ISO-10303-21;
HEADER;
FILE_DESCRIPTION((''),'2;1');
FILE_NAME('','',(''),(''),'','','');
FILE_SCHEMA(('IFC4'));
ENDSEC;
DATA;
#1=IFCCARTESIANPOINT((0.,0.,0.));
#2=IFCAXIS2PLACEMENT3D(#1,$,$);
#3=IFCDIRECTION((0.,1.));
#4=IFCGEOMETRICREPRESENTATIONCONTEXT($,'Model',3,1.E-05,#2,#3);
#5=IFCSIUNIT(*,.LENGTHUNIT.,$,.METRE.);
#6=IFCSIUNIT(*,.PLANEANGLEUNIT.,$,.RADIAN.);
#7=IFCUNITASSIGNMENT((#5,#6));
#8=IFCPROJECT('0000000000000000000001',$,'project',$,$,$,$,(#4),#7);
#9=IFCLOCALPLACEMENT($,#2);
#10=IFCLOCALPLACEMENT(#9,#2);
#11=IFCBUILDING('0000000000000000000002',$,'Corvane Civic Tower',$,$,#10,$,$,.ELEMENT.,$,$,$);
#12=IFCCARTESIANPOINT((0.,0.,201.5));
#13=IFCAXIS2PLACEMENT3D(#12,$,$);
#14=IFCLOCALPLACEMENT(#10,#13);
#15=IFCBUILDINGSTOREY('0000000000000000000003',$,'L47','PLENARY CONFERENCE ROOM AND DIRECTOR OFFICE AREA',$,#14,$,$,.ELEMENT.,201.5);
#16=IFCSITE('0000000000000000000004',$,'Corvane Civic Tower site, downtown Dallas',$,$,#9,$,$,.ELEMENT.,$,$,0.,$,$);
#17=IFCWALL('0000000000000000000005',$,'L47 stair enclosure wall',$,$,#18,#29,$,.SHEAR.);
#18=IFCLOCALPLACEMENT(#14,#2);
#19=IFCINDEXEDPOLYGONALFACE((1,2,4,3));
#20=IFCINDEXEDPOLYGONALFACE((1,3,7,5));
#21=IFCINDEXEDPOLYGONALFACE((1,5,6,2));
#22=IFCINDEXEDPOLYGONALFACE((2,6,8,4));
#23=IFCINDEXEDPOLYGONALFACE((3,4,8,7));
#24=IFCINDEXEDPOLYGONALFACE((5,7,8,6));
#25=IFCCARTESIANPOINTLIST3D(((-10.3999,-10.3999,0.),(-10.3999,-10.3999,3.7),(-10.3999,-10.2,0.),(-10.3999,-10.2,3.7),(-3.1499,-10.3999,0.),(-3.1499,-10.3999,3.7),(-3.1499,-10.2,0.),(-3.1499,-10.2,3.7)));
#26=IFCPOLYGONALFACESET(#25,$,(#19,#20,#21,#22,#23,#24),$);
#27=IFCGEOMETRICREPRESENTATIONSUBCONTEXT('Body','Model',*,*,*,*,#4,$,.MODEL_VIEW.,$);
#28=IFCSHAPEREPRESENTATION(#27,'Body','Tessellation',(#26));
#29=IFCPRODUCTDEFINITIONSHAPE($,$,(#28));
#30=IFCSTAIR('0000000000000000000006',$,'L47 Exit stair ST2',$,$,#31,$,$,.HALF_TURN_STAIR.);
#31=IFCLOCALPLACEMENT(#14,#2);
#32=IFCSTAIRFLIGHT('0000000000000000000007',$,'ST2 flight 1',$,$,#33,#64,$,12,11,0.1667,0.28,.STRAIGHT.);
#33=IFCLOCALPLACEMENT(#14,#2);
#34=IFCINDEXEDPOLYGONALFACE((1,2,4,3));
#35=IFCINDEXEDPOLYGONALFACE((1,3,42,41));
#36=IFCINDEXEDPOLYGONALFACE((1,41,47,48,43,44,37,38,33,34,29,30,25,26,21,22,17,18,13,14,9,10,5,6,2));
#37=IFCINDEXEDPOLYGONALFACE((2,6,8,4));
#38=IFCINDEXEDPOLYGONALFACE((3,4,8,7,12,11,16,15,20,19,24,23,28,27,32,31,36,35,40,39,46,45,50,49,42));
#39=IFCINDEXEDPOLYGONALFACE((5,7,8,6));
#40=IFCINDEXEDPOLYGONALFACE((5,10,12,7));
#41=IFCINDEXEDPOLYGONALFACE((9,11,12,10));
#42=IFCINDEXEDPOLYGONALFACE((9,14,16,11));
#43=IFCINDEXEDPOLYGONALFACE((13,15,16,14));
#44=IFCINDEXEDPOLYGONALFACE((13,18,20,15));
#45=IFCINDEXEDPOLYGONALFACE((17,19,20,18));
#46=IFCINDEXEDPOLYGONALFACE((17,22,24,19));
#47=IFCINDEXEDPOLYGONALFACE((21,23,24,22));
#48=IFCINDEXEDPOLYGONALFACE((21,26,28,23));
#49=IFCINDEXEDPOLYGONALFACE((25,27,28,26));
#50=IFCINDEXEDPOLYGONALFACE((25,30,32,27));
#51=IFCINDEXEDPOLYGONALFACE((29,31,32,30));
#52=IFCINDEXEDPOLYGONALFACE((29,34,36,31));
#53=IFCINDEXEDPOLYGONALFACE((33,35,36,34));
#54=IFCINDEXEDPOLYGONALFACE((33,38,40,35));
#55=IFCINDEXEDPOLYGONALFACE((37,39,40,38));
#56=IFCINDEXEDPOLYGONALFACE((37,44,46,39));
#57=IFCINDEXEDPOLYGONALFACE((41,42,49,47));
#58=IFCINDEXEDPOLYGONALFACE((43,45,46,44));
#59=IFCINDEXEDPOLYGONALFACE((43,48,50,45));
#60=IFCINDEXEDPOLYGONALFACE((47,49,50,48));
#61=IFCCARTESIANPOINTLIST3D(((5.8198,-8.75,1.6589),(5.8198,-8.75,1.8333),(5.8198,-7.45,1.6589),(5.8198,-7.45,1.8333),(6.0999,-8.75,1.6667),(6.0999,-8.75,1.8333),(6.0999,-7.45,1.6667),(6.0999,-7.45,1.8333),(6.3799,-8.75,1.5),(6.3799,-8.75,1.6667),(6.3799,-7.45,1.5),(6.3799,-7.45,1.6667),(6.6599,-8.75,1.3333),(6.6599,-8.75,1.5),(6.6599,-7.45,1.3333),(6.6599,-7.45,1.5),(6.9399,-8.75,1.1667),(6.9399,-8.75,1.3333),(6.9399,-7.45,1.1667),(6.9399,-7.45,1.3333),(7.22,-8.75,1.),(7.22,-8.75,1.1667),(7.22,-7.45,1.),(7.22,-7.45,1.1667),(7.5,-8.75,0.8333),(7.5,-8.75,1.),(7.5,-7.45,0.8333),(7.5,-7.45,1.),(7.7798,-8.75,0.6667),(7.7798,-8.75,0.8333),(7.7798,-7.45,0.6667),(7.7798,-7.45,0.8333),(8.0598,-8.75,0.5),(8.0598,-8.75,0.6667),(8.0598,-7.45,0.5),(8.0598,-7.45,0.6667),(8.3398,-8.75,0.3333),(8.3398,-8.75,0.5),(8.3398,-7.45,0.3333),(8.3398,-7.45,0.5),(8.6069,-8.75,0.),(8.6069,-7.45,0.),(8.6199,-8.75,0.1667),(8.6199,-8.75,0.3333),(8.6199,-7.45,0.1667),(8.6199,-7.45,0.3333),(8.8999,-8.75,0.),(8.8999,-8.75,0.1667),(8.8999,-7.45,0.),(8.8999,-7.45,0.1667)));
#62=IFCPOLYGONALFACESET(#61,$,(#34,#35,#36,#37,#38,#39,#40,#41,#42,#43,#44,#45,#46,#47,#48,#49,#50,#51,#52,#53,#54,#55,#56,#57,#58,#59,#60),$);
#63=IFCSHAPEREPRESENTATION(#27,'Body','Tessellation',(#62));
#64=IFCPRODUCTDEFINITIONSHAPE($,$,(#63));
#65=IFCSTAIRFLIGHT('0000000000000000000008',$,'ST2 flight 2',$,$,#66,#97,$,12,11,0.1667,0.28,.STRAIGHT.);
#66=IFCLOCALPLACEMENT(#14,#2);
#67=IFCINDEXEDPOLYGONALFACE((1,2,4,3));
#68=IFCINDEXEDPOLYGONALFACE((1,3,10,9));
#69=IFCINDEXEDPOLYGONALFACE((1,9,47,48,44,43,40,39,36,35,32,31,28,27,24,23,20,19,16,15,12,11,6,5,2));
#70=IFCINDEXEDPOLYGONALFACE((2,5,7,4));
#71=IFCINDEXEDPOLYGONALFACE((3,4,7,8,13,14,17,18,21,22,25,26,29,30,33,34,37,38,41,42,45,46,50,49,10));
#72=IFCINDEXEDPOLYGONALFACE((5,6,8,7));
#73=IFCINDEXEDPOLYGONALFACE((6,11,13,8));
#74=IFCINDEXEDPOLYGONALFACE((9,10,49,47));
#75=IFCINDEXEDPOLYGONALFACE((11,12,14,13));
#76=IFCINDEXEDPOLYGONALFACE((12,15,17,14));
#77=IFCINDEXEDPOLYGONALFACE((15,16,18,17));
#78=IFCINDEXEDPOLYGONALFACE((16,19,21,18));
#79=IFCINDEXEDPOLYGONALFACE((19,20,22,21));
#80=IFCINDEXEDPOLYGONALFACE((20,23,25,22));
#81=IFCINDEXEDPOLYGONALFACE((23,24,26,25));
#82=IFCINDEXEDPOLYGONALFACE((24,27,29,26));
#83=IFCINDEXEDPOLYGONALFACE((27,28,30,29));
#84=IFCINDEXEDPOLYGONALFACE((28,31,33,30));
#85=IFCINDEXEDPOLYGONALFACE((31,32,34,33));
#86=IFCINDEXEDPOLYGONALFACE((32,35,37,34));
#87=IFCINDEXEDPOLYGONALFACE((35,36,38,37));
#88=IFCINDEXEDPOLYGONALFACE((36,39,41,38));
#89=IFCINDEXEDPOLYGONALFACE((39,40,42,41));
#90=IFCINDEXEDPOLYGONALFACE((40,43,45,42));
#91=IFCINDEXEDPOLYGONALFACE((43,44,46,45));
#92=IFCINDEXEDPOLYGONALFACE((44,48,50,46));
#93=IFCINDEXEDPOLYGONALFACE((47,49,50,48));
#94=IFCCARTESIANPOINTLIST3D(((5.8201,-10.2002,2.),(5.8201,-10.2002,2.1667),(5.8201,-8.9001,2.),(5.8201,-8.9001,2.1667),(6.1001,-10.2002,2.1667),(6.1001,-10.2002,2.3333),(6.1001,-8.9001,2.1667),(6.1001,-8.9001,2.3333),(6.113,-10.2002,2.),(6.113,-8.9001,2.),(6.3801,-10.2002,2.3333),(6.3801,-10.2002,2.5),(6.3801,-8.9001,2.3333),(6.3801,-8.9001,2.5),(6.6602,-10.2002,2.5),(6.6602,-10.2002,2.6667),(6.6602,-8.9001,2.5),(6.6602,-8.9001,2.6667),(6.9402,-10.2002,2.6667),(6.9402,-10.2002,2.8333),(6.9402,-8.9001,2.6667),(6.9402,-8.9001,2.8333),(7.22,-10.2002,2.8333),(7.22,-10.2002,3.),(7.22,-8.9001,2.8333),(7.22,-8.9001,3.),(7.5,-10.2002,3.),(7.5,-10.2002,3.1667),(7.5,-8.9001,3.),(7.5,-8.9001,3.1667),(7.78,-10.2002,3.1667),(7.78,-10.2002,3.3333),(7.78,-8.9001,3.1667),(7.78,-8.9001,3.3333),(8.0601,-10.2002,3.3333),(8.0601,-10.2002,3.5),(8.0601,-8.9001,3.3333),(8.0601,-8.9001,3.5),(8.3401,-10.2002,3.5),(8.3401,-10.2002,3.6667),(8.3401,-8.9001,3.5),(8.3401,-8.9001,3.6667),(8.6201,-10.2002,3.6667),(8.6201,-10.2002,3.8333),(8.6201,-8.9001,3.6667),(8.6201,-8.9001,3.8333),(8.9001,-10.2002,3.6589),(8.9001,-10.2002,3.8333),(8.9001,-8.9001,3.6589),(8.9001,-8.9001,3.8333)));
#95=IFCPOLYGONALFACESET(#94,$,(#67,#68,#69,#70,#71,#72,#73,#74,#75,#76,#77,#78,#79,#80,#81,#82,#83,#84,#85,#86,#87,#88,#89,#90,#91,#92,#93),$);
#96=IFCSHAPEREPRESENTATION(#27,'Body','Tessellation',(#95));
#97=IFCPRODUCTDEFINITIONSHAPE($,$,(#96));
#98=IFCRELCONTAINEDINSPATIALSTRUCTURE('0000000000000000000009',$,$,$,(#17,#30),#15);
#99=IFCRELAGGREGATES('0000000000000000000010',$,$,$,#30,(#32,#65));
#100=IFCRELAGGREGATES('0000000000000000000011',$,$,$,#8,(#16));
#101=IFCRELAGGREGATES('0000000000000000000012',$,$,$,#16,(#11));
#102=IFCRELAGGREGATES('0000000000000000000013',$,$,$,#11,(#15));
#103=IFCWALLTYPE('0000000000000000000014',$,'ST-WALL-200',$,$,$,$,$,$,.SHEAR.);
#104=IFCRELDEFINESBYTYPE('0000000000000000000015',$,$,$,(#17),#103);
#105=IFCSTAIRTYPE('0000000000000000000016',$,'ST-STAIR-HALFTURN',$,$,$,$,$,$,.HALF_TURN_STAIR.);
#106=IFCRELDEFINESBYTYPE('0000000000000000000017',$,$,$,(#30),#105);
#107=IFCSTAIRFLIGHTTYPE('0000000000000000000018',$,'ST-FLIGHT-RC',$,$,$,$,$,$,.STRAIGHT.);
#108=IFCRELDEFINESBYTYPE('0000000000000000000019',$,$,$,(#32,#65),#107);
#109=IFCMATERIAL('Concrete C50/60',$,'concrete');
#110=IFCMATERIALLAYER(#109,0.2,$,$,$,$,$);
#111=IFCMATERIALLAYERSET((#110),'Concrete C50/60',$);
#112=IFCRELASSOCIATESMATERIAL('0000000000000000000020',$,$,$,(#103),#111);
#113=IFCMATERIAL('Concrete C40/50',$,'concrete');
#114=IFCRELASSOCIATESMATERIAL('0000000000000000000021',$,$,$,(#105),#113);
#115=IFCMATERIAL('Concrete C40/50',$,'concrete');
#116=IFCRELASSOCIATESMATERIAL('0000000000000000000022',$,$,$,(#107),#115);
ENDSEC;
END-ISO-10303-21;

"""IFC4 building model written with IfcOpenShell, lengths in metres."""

from ifc_helpers import new_model, si_unit, direction, frame, origin, place, context, subcontext, project, spatial, polyline, outline, extrude, material, layer, layer_set, type_object, element, aggregate, save


model = new_model("IFC4")

# Units and contexts
model_context = context("Model", 3, precision=1e-05, world=origin(), true_north=direction((0.0, 1.0)))
body_context = subcontext(model_context, "Body", "Model", "MODEL_VIEW")
ifc_project = project(units=[si_unit("LENGTHUNIT", "METRE"), si_unit("PLANEANGLEUNIT", "RADIAN")], contexts=[model_context])

# Site, building, storey
site_placement = place(None, origin())
site = spatial("IfcSite", under=ifc_project, at=site_placement, Name="Corvane Civic Tower site, downtown Dallas", CompositionType="ELEMENT", RefElevation=0.0)
building_placement = place(site_placement, origin())
building = spatial("IfcBuilding", under=site, at=building_placement, Name="Corvane Civic Tower", CompositionType="ELEMENT")
storey_placement = place(building_placement, frame((0.0, 0.0, 201.5)))
storey = spatial("IfcBuildingStorey", under=building, at=storey_placement, Name="L47", Description="PLENARY CONFERENCE ROOM AND DIRECTOR OFFICE AREA", CompositionType="ELEMENT", Elevation=201.5)

# Shared definitions
ifc_material_1 = material(Name="Concrete C50/60", Category="concrete")
ifc_layer_1 = layer(ifc_material_1, 0.2)
ifc_layer_set_1 = layer_set([ifc_layer_1], Name="Concrete C50/60")
wall_type_1 = type_object("IfcWallType", Name="ST-WALL-200", PredefinedType="SHEAR", material=ifc_layer_set_1)

# Wall
wall_1_placement = place(storey_placement, origin())
element("IfcWall", 1, at=wall_1_placement, inside=storey, type_object=wall_type_1, Name="L47 stair enclosure wall", PredefinedType="SHEAR", context=body_context, shape_type="SweptSolid", body=[
    extrude(outline(polyline([(-3.1499, -10.2), (-3.1499, -10.3999), (-10.3999, -10.3999), (-10.3999, -10.2), (-3.1499, -10.2)])), origin(), (0.0, 0.0, 1.0), 3.7),
])

# Stair, stair flights
ifc_material_2 = material(Name="Concrete C40/50", Category="concrete")
stair_type = type_object("IfcStairType", Name="ST-STAIR-HALFTURN", PredefinedType="HALF_TURN_STAIR", material=ifc_material_2)
stair_placement = place(storey_placement, origin())
stair = element("IfcStair", 2, at=stair_placement, inside=storey, type_object=stair_type, Name="L47 Exit stair ST2", PredefinedType="HALF_TURN_STAIR")
ifc_material_3 = material(Name="Concrete C40/50", Category="concrete")
stair_flight_type = type_object("IfcStairFlightType", Name="ST-FLIGHT-RC", PredefinedType="STRAIGHT", material=ifc_material_3)
stair_flight_1_placement = place(storey_placement, frame((8.8999, -8.1001, 0.0), z_axis=(0.0, 0.0, 1.0), x_axis=(-1.0, 0.0, 0.0)))
stair_flight_1 = element("IfcStairFlight", 3, at=stair_flight_1_placement, type_object=stair_flight_type, Name="ST2 flight 1", NumberOfRisers=12, NumberOfTreads=11, PredefinedType="STRAIGHT", RiserHeight=0.1667, TreadLength=0.28, context=body_context, shape_type="SweptSolid", body=[
    extrude(outline(polyline([(0.0, 0.0), (0.0, 0.1667), (0.28, 0.1667), (0.28, 0.3333), (0.5601, 0.3333), (0.5601, 0.5), (0.8401, 0.5), (0.8401, 0.6667), (1.1201, 0.6667), (1.1201, 0.8333), (1.3999, 0.8333), (1.3999, 1.0), (1.6799, 1.0), (1.6799, 1.1667), (1.96, 1.1667), (1.96, 1.3333), (2.24, 1.3333), (2.24, 1.5), (2.52, 1.5), (2.52, 1.6667), (2.8, 1.6667), (2.8, 1.8333), (3.0801, 1.8333), (3.0801, 2.0), (3.0801, 1.6589), (0.293, 0.0), (0.0, 0.0)])), frame((0.0, 0.6499, 0.0), z_axis=(0.0, -1.0, 0.0), x_axis=(1.0, 0.0, 0.0)), (0.0, 0.0, 1.0), 1.3),
])
stair_flight_2_placement = place(storey_placement, frame((5.8201, -9.55, 2.0), z_axis=(0.0, 0.0, 1.0), x_axis=(1.0, 0.0, 0.0)))
stair_flight_2 = element("IfcStairFlight", 4, at=stair_flight_2_placement, type_object=stair_flight_type, Name="ST2 flight 2", NumberOfRisers=12, NumberOfTreads=11, PredefinedType="STRAIGHT", RiserHeight=0.1667, TreadLength=0.28, context=body_context, shape_type="SweptSolid", body=[
    extrude(outline(polyline([(0.0, 0.0), (0.0, 0.1667), (0.28, 0.1667), (0.28, 0.3333), (0.5601, 0.3333), (0.5601, 0.5), (0.8401, 0.5), (0.8401, 0.6667), (1.1201, 0.6667), (1.1201, 0.8333), (1.3999, 0.8333), (1.3999, 1.0), (1.6799, 1.0), (1.6799, 1.1667), (1.96, 1.1667), (1.96, 1.3333), (2.24, 1.3333), (2.24, 1.5), (2.52, 1.5), (2.52, 1.6667), (2.8, 1.6667), (2.8, 1.8333), (3.0801, 1.8333), (3.0801, 2.0), (3.0801, 1.6589), (0.293, 0.0), (0.0, 0.0)])), frame((0.0, 0.6499, 0.0), z_axis=(0.0, -1.0, 0.0), x_axis=(1.0, 0.0, 0.0)), (0.0, 0.0, 1.0), 1.3),
])
aggregate(stair, [stair_flight_1, stair_flight_2])

save(model, "model.ifc")
